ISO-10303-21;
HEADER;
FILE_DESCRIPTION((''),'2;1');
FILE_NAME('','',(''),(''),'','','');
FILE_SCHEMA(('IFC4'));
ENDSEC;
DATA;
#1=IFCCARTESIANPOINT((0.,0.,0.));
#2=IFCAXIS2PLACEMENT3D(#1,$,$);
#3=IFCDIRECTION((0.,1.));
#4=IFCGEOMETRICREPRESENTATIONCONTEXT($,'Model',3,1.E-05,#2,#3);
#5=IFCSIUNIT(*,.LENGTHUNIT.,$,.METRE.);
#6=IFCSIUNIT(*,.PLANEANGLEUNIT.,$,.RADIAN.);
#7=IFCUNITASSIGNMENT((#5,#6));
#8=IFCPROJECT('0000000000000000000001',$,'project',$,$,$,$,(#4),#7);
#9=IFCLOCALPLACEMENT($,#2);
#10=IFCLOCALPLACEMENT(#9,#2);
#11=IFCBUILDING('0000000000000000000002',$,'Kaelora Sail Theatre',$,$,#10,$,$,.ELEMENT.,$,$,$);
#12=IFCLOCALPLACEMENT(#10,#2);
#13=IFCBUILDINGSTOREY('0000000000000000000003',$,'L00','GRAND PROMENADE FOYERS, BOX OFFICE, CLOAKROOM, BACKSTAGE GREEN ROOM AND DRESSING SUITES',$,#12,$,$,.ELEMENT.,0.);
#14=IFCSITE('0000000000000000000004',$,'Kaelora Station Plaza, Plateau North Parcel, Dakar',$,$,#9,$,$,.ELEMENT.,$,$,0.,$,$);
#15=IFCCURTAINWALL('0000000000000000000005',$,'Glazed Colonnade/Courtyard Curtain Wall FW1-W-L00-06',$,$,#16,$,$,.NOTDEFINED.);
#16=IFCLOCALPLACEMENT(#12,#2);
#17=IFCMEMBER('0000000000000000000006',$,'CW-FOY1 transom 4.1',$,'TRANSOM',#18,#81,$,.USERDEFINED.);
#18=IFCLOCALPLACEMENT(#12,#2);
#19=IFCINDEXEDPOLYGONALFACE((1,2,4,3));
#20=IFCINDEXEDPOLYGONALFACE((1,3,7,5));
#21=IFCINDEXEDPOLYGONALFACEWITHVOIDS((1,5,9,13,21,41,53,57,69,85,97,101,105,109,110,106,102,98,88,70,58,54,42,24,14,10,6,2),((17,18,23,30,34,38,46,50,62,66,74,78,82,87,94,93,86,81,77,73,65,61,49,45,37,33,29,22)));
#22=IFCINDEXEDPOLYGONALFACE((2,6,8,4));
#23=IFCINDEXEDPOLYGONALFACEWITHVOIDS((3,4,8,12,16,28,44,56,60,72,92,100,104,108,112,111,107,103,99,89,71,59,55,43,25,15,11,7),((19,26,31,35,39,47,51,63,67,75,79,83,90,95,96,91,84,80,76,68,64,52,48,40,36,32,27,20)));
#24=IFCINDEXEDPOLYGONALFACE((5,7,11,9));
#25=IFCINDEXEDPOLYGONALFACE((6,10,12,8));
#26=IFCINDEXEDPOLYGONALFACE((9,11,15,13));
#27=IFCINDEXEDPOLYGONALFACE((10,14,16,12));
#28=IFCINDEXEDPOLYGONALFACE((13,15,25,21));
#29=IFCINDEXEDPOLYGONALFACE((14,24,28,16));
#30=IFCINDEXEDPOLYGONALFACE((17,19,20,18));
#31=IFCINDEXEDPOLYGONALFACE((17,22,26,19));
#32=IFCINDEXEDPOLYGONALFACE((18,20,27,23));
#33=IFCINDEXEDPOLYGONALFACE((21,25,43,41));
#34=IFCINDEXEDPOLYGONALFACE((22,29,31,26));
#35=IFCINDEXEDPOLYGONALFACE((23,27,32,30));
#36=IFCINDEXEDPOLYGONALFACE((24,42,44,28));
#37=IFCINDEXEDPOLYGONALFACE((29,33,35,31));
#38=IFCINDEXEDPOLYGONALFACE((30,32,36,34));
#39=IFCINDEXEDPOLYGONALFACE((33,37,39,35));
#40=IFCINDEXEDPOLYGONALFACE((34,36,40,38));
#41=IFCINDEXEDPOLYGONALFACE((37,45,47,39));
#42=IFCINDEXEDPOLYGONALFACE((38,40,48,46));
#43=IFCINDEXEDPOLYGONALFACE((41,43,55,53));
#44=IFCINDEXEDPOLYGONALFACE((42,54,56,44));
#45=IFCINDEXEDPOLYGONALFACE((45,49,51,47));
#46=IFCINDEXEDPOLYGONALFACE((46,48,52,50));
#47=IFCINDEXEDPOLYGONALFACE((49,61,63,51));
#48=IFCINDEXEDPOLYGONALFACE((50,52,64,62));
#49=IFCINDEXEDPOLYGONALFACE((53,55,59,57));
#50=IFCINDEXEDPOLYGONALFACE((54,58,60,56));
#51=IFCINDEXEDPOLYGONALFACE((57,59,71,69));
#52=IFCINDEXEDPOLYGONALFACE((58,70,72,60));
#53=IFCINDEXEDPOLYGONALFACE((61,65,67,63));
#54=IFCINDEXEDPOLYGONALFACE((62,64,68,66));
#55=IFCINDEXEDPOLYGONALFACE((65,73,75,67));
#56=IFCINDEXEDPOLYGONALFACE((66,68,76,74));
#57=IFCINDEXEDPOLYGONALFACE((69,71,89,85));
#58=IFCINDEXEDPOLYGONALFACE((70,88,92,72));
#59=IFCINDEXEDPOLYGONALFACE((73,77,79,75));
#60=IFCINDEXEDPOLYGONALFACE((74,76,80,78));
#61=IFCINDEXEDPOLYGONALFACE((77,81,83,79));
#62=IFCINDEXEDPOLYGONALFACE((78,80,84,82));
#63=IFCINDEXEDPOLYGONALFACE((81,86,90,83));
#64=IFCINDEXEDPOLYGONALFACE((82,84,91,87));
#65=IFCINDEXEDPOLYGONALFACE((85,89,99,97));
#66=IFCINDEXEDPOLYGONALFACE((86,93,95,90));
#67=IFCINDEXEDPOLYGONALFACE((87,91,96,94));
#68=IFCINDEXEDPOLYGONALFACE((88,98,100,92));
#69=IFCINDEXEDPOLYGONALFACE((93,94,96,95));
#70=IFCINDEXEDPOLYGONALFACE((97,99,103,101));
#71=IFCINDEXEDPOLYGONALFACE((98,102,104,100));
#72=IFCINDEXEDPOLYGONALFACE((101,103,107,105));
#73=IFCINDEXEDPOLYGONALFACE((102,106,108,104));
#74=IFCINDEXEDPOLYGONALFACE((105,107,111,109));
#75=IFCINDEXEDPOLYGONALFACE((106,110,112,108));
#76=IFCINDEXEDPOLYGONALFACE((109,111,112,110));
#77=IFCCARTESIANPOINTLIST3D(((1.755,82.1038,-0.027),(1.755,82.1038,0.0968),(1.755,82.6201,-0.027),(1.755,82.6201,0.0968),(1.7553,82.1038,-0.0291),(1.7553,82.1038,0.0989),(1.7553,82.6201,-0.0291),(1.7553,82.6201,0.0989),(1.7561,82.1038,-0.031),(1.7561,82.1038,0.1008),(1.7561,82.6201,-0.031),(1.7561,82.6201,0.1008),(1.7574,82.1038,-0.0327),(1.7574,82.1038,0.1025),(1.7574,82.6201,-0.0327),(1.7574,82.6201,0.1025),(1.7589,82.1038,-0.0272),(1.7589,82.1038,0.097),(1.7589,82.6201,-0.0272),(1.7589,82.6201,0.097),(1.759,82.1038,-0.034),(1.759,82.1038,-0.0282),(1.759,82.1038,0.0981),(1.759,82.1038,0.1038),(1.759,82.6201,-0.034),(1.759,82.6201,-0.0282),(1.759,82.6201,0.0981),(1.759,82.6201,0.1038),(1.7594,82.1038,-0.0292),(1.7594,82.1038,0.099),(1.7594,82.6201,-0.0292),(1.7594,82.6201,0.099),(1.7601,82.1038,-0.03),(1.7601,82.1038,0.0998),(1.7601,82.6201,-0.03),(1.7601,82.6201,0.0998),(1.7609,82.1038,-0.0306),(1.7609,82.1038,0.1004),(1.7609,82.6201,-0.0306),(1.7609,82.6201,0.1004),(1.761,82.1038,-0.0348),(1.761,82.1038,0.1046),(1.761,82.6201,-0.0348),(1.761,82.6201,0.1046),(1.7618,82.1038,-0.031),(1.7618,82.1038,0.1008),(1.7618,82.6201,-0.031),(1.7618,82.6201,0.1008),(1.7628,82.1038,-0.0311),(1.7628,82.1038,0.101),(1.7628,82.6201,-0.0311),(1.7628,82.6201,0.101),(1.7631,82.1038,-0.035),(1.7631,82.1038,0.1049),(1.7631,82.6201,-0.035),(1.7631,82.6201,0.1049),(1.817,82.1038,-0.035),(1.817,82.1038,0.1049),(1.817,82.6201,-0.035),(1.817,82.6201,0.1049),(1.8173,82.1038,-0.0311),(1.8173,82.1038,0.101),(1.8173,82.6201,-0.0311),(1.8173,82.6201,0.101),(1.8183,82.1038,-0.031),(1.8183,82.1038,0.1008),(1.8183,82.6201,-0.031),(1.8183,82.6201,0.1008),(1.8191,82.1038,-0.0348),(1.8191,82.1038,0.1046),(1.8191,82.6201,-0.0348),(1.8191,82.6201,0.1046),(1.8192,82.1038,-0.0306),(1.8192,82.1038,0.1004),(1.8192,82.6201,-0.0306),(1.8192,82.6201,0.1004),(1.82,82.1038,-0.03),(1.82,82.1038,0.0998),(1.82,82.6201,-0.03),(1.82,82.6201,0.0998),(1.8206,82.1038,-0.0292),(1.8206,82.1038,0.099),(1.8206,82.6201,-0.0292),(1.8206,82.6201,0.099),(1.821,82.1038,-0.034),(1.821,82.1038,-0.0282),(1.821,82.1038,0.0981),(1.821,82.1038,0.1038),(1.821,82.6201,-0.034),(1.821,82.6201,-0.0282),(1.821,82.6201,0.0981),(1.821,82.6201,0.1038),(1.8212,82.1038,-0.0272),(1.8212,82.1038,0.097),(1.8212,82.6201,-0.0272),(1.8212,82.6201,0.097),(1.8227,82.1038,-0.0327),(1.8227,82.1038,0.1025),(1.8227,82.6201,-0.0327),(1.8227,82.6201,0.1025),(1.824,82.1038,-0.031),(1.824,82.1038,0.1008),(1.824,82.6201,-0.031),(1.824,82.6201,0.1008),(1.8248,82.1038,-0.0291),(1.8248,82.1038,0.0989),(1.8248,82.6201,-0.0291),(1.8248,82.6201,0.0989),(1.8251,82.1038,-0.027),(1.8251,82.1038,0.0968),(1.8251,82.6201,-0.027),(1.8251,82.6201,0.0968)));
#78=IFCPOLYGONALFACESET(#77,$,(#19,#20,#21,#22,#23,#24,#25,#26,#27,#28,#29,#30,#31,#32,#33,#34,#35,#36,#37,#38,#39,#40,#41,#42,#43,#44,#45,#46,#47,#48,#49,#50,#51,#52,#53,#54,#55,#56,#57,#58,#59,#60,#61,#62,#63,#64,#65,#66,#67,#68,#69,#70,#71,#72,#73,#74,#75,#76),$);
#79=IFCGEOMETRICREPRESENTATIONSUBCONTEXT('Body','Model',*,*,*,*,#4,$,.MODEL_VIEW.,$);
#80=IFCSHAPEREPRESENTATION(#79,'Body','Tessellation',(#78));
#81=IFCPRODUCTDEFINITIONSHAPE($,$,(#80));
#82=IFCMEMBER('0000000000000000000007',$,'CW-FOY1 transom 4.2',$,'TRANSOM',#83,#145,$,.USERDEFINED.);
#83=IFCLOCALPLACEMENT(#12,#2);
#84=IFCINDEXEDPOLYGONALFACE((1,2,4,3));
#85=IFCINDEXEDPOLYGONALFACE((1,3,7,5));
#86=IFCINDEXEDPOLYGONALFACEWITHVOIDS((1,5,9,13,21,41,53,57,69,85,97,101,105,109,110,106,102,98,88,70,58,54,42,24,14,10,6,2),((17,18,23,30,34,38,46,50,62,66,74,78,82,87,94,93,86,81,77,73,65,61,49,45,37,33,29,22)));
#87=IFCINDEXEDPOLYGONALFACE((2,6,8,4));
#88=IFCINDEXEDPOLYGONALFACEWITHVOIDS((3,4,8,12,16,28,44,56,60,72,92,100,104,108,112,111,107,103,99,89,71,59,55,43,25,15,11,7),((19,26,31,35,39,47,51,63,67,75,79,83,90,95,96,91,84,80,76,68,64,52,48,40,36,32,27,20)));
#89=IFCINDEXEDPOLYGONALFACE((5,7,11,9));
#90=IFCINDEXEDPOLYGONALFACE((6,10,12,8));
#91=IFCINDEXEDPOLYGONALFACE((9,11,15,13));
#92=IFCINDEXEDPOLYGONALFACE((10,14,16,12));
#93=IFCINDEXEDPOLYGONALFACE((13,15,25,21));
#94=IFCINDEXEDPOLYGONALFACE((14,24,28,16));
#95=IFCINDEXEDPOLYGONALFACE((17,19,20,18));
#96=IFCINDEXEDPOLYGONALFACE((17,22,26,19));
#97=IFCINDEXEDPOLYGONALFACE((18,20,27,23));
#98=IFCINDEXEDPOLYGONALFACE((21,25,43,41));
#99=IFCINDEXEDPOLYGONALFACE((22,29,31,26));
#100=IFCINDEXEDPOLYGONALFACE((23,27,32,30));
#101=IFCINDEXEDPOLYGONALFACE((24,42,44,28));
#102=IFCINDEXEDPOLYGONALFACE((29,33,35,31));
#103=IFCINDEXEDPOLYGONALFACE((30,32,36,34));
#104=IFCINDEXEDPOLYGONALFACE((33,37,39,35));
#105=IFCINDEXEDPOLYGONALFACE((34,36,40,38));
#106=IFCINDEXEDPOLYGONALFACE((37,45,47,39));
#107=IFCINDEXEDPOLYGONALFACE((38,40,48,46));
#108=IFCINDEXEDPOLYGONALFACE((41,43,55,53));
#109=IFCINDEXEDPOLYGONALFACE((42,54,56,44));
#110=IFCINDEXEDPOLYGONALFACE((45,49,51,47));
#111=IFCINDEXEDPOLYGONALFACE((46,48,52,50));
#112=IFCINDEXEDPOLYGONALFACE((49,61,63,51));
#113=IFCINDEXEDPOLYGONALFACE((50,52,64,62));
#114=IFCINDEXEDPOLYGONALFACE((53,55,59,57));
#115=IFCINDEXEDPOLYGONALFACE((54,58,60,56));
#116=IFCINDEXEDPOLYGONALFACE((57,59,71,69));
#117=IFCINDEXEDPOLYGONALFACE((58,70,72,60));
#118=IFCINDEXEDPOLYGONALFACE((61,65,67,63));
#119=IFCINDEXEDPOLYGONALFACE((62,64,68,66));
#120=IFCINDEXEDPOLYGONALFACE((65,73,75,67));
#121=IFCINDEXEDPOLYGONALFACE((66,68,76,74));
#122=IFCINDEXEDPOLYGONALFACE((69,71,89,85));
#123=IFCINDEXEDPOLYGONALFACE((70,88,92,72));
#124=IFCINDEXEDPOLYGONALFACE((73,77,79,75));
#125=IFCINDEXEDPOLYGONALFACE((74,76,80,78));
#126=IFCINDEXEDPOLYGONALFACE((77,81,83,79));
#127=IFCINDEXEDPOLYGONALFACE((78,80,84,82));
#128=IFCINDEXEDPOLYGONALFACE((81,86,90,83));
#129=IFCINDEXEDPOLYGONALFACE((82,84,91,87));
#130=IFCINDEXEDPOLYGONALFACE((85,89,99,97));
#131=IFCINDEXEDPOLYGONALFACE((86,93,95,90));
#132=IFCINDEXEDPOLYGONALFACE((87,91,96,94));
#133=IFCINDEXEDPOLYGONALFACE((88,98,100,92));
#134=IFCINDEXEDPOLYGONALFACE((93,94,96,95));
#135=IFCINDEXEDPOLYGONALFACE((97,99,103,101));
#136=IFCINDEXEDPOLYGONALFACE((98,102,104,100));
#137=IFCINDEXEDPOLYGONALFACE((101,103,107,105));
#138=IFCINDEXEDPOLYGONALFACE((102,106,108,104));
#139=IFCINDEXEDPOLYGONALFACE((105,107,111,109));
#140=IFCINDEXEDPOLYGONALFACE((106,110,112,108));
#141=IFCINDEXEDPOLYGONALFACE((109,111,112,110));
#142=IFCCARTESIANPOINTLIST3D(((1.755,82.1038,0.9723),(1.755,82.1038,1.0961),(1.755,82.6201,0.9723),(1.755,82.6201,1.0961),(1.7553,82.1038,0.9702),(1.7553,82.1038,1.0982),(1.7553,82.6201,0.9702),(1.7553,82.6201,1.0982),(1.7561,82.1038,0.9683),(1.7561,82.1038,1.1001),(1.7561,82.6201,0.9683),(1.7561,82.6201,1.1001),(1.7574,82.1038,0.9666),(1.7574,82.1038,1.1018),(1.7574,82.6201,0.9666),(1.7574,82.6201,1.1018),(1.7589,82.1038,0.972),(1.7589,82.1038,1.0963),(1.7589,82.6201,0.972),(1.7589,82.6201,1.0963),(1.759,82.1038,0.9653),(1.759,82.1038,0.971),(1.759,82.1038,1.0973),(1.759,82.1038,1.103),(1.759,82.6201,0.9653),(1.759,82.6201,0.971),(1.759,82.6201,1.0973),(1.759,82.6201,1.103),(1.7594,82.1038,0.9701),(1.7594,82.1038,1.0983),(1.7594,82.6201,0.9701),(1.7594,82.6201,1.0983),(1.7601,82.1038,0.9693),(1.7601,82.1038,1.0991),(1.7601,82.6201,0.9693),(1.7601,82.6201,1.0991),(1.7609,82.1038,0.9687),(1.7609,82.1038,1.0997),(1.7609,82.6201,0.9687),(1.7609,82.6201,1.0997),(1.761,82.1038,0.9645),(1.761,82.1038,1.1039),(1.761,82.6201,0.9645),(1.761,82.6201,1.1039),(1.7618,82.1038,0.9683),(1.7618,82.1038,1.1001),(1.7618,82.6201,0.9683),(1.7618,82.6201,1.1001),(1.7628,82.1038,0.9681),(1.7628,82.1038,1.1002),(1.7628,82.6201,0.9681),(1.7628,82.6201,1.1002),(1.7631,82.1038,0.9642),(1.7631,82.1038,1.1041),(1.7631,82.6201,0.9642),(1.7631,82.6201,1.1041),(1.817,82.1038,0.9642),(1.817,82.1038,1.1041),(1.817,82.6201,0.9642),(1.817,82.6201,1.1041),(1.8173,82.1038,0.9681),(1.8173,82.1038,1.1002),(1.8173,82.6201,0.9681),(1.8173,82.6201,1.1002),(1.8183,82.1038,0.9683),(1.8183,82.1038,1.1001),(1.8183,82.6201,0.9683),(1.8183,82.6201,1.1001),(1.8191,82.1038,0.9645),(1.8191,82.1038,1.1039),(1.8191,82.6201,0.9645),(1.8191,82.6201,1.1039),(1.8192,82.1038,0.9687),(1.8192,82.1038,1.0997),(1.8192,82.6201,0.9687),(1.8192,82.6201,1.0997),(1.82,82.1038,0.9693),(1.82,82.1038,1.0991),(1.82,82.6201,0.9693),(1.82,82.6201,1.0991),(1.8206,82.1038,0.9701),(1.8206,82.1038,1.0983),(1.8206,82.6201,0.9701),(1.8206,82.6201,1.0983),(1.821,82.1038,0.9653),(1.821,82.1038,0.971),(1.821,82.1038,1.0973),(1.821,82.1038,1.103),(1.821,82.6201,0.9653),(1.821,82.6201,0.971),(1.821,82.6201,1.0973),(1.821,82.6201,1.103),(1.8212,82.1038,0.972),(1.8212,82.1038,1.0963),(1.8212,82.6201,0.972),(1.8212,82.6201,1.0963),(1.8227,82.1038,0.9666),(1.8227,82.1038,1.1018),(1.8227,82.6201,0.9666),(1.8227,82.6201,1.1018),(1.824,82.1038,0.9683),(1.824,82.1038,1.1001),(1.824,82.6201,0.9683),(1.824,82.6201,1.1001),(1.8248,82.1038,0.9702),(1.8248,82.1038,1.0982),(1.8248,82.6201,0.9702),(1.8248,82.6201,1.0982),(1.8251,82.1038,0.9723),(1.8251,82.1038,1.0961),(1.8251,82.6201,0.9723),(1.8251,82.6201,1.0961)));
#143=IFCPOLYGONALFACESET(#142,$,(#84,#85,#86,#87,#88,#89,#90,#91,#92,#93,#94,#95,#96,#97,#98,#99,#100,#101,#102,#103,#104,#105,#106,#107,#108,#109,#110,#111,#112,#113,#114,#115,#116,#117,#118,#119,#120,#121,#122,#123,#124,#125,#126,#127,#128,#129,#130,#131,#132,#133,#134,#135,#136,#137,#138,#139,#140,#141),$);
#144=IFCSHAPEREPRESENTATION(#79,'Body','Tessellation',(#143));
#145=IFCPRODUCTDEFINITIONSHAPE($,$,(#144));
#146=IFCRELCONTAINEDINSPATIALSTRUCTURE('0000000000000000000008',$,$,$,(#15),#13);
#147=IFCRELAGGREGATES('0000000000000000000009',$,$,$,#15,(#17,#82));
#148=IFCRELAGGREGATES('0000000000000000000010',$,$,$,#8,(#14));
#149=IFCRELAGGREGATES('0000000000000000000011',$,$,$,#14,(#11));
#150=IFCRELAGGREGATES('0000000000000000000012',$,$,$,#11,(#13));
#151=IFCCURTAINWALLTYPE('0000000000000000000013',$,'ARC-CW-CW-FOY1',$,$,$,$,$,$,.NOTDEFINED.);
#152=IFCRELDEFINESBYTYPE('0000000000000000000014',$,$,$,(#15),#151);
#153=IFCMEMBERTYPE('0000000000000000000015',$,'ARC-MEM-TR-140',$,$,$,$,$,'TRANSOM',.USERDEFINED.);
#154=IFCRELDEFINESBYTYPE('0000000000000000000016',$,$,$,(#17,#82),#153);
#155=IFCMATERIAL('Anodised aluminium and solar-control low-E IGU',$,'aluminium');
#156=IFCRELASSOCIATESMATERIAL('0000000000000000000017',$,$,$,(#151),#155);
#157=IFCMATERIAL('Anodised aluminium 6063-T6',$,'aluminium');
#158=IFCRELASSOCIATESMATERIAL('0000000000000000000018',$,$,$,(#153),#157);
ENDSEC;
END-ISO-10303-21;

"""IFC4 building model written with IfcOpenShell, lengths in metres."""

from ifc_helpers import new_model, si_unit, direction, frame, origin, origin_2d, place, context, subcontext, project, spatial, hollow_rectangle, extrude, material, material_profile, profile_set, type_object, element, aggregate, save


model = new_model("IFC4")

# Units and contexts
model_context = context("Model", 3, precision=1e-05, world=origin(), true_north=direction((0.0, 1.0)))
body_context = subcontext(model_context, "Body", "Model", "MODEL_VIEW")
ifc_project = project(units=[si_unit("LENGTHUNIT", "METRE"), si_unit("PLANEANGLEUNIT", "RADIAN")], contexts=[model_context])

# Site, building, storey
site_placement = place(None, origin())
site = spatial("IfcSite", under=ifc_project, at=site_placement, Name="Kaelora Station Plaza, Plateau North Parcel, Dakar", CompositionType="ELEMENT", RefElevation=0.0)
building_placement = place(site_placement, origin())
building = spatial("IfcBuilding", under=site, at=building_placement, Name="Kaelora Sail Theatre", CompositionType="ELEMENT")
storey_placement = place(building_placement, origin())
storey = spatial("IfcBuildingStorey", under=building, at=storey_placement, Name="L00", Description="GRAND PROMENADE FOYERS, BOX OFFICE, CLOAKROOM, BACKSTAGE GREEN ROOM AND DRESSING SUITES", CompositionType="ELEMENT", Elevation=0.0)

# Curtain wall, members
ifc_material_1 = material(Name="Anodised aluminium and solar-control low-E IGU", Category="aluminium")
curtain_wall_type = type_object("IfcCurtainWallType", Name="ARC-CW-CW-FOY1", PredefinedType="NOTDEFINED", material=ifc_material_1)
curtain_wall_placement = place(storey_placement, origin())
curtain_wall = element("IfcCurtainWall", 1, at=curtain_wall_placement, inside=storey, type_object=curtain_wall_type, Name="Glazed Colonnade/Courtyard Curtain Wall FW1-W-L00-06", PredefinedType="NOTDEFINED")
ifc_material_2 = material(Name="Anodised aluminium 6063-T6", Category="aluminium")
ifc_material_profile_1 = material_profile(ifc_material_2, hollow_rectangle(XDim=0.0701, YDim=0.1399, WallThickness=0.0039, InnerFilletRadius=0.0039, OuterFilletRadius=0.0081, at=origin_2d()), Name="ALU-TRAN 70x140x4")
ifc_profile_set_1 = profile_set([ifc_material_profile_1], Name="Anodised aluminium 6063-T6")
member_type_1 = type_object("IfcMemberType", Name="ARC-MEM-TR-140", ElementType="TRANSOM", PredefinedType="USERDEFINED", material=ifc_profile_set_1)
member_1_placement = place(storey_placement, frame((1.79, 82.1038, 0.0349), z_axis=(0.0, 1.0, 0.0), x_axis=(-1.0, 0.0, 0.0)))
member_1 = element("IfcMember", 2, at=member_1_placement, type_object=member_type_1, Name="CW-FOY1 transom 4.1", ObjectType="TRANSOM", PredefinedType="USERDEFINED", context=body_context, shape_type="SweptSolid", body=[
    extrude(hollow_rectangle(XDim=0.0701, YDim=0.1399, WallThickness=0.0039, InnerFilletRadius=0.0039, OuterFilletRadius=0.0081, at=origin_2d()), origin(), (0.0, 0.0, 1.0), 0.5164),
])
member_2_placement = place(storey_placement, frame((1.79, 82.1038, 1.0342), z_axis=(0.0, 1.0, 0.0), x_axis=(-1.0, 0.0, 0.0)))
member_2 = element("IfcMember", 3, at=member_2_placement, type_object=member_type_1, Name="CW-FOY1 transom 4.2", ObjectType="TRANSOM", PredefinedType="USERDEFINED", context=body_context, shape_type="SweptSolid", body=[
    extrude(hollow_rectangle(XDim=0.0701, YDim=0.1399, WallThickness=0.0039, InnerFilletRadius=0.0039, OuterFilletRadius=0.0081, at=origin_2d()), origin(), (0.0, 0.0, 1.0), 0.5164),
])

aggregate(curtain_wall, [member_1, member_2])

save(model, "model.ifc")
